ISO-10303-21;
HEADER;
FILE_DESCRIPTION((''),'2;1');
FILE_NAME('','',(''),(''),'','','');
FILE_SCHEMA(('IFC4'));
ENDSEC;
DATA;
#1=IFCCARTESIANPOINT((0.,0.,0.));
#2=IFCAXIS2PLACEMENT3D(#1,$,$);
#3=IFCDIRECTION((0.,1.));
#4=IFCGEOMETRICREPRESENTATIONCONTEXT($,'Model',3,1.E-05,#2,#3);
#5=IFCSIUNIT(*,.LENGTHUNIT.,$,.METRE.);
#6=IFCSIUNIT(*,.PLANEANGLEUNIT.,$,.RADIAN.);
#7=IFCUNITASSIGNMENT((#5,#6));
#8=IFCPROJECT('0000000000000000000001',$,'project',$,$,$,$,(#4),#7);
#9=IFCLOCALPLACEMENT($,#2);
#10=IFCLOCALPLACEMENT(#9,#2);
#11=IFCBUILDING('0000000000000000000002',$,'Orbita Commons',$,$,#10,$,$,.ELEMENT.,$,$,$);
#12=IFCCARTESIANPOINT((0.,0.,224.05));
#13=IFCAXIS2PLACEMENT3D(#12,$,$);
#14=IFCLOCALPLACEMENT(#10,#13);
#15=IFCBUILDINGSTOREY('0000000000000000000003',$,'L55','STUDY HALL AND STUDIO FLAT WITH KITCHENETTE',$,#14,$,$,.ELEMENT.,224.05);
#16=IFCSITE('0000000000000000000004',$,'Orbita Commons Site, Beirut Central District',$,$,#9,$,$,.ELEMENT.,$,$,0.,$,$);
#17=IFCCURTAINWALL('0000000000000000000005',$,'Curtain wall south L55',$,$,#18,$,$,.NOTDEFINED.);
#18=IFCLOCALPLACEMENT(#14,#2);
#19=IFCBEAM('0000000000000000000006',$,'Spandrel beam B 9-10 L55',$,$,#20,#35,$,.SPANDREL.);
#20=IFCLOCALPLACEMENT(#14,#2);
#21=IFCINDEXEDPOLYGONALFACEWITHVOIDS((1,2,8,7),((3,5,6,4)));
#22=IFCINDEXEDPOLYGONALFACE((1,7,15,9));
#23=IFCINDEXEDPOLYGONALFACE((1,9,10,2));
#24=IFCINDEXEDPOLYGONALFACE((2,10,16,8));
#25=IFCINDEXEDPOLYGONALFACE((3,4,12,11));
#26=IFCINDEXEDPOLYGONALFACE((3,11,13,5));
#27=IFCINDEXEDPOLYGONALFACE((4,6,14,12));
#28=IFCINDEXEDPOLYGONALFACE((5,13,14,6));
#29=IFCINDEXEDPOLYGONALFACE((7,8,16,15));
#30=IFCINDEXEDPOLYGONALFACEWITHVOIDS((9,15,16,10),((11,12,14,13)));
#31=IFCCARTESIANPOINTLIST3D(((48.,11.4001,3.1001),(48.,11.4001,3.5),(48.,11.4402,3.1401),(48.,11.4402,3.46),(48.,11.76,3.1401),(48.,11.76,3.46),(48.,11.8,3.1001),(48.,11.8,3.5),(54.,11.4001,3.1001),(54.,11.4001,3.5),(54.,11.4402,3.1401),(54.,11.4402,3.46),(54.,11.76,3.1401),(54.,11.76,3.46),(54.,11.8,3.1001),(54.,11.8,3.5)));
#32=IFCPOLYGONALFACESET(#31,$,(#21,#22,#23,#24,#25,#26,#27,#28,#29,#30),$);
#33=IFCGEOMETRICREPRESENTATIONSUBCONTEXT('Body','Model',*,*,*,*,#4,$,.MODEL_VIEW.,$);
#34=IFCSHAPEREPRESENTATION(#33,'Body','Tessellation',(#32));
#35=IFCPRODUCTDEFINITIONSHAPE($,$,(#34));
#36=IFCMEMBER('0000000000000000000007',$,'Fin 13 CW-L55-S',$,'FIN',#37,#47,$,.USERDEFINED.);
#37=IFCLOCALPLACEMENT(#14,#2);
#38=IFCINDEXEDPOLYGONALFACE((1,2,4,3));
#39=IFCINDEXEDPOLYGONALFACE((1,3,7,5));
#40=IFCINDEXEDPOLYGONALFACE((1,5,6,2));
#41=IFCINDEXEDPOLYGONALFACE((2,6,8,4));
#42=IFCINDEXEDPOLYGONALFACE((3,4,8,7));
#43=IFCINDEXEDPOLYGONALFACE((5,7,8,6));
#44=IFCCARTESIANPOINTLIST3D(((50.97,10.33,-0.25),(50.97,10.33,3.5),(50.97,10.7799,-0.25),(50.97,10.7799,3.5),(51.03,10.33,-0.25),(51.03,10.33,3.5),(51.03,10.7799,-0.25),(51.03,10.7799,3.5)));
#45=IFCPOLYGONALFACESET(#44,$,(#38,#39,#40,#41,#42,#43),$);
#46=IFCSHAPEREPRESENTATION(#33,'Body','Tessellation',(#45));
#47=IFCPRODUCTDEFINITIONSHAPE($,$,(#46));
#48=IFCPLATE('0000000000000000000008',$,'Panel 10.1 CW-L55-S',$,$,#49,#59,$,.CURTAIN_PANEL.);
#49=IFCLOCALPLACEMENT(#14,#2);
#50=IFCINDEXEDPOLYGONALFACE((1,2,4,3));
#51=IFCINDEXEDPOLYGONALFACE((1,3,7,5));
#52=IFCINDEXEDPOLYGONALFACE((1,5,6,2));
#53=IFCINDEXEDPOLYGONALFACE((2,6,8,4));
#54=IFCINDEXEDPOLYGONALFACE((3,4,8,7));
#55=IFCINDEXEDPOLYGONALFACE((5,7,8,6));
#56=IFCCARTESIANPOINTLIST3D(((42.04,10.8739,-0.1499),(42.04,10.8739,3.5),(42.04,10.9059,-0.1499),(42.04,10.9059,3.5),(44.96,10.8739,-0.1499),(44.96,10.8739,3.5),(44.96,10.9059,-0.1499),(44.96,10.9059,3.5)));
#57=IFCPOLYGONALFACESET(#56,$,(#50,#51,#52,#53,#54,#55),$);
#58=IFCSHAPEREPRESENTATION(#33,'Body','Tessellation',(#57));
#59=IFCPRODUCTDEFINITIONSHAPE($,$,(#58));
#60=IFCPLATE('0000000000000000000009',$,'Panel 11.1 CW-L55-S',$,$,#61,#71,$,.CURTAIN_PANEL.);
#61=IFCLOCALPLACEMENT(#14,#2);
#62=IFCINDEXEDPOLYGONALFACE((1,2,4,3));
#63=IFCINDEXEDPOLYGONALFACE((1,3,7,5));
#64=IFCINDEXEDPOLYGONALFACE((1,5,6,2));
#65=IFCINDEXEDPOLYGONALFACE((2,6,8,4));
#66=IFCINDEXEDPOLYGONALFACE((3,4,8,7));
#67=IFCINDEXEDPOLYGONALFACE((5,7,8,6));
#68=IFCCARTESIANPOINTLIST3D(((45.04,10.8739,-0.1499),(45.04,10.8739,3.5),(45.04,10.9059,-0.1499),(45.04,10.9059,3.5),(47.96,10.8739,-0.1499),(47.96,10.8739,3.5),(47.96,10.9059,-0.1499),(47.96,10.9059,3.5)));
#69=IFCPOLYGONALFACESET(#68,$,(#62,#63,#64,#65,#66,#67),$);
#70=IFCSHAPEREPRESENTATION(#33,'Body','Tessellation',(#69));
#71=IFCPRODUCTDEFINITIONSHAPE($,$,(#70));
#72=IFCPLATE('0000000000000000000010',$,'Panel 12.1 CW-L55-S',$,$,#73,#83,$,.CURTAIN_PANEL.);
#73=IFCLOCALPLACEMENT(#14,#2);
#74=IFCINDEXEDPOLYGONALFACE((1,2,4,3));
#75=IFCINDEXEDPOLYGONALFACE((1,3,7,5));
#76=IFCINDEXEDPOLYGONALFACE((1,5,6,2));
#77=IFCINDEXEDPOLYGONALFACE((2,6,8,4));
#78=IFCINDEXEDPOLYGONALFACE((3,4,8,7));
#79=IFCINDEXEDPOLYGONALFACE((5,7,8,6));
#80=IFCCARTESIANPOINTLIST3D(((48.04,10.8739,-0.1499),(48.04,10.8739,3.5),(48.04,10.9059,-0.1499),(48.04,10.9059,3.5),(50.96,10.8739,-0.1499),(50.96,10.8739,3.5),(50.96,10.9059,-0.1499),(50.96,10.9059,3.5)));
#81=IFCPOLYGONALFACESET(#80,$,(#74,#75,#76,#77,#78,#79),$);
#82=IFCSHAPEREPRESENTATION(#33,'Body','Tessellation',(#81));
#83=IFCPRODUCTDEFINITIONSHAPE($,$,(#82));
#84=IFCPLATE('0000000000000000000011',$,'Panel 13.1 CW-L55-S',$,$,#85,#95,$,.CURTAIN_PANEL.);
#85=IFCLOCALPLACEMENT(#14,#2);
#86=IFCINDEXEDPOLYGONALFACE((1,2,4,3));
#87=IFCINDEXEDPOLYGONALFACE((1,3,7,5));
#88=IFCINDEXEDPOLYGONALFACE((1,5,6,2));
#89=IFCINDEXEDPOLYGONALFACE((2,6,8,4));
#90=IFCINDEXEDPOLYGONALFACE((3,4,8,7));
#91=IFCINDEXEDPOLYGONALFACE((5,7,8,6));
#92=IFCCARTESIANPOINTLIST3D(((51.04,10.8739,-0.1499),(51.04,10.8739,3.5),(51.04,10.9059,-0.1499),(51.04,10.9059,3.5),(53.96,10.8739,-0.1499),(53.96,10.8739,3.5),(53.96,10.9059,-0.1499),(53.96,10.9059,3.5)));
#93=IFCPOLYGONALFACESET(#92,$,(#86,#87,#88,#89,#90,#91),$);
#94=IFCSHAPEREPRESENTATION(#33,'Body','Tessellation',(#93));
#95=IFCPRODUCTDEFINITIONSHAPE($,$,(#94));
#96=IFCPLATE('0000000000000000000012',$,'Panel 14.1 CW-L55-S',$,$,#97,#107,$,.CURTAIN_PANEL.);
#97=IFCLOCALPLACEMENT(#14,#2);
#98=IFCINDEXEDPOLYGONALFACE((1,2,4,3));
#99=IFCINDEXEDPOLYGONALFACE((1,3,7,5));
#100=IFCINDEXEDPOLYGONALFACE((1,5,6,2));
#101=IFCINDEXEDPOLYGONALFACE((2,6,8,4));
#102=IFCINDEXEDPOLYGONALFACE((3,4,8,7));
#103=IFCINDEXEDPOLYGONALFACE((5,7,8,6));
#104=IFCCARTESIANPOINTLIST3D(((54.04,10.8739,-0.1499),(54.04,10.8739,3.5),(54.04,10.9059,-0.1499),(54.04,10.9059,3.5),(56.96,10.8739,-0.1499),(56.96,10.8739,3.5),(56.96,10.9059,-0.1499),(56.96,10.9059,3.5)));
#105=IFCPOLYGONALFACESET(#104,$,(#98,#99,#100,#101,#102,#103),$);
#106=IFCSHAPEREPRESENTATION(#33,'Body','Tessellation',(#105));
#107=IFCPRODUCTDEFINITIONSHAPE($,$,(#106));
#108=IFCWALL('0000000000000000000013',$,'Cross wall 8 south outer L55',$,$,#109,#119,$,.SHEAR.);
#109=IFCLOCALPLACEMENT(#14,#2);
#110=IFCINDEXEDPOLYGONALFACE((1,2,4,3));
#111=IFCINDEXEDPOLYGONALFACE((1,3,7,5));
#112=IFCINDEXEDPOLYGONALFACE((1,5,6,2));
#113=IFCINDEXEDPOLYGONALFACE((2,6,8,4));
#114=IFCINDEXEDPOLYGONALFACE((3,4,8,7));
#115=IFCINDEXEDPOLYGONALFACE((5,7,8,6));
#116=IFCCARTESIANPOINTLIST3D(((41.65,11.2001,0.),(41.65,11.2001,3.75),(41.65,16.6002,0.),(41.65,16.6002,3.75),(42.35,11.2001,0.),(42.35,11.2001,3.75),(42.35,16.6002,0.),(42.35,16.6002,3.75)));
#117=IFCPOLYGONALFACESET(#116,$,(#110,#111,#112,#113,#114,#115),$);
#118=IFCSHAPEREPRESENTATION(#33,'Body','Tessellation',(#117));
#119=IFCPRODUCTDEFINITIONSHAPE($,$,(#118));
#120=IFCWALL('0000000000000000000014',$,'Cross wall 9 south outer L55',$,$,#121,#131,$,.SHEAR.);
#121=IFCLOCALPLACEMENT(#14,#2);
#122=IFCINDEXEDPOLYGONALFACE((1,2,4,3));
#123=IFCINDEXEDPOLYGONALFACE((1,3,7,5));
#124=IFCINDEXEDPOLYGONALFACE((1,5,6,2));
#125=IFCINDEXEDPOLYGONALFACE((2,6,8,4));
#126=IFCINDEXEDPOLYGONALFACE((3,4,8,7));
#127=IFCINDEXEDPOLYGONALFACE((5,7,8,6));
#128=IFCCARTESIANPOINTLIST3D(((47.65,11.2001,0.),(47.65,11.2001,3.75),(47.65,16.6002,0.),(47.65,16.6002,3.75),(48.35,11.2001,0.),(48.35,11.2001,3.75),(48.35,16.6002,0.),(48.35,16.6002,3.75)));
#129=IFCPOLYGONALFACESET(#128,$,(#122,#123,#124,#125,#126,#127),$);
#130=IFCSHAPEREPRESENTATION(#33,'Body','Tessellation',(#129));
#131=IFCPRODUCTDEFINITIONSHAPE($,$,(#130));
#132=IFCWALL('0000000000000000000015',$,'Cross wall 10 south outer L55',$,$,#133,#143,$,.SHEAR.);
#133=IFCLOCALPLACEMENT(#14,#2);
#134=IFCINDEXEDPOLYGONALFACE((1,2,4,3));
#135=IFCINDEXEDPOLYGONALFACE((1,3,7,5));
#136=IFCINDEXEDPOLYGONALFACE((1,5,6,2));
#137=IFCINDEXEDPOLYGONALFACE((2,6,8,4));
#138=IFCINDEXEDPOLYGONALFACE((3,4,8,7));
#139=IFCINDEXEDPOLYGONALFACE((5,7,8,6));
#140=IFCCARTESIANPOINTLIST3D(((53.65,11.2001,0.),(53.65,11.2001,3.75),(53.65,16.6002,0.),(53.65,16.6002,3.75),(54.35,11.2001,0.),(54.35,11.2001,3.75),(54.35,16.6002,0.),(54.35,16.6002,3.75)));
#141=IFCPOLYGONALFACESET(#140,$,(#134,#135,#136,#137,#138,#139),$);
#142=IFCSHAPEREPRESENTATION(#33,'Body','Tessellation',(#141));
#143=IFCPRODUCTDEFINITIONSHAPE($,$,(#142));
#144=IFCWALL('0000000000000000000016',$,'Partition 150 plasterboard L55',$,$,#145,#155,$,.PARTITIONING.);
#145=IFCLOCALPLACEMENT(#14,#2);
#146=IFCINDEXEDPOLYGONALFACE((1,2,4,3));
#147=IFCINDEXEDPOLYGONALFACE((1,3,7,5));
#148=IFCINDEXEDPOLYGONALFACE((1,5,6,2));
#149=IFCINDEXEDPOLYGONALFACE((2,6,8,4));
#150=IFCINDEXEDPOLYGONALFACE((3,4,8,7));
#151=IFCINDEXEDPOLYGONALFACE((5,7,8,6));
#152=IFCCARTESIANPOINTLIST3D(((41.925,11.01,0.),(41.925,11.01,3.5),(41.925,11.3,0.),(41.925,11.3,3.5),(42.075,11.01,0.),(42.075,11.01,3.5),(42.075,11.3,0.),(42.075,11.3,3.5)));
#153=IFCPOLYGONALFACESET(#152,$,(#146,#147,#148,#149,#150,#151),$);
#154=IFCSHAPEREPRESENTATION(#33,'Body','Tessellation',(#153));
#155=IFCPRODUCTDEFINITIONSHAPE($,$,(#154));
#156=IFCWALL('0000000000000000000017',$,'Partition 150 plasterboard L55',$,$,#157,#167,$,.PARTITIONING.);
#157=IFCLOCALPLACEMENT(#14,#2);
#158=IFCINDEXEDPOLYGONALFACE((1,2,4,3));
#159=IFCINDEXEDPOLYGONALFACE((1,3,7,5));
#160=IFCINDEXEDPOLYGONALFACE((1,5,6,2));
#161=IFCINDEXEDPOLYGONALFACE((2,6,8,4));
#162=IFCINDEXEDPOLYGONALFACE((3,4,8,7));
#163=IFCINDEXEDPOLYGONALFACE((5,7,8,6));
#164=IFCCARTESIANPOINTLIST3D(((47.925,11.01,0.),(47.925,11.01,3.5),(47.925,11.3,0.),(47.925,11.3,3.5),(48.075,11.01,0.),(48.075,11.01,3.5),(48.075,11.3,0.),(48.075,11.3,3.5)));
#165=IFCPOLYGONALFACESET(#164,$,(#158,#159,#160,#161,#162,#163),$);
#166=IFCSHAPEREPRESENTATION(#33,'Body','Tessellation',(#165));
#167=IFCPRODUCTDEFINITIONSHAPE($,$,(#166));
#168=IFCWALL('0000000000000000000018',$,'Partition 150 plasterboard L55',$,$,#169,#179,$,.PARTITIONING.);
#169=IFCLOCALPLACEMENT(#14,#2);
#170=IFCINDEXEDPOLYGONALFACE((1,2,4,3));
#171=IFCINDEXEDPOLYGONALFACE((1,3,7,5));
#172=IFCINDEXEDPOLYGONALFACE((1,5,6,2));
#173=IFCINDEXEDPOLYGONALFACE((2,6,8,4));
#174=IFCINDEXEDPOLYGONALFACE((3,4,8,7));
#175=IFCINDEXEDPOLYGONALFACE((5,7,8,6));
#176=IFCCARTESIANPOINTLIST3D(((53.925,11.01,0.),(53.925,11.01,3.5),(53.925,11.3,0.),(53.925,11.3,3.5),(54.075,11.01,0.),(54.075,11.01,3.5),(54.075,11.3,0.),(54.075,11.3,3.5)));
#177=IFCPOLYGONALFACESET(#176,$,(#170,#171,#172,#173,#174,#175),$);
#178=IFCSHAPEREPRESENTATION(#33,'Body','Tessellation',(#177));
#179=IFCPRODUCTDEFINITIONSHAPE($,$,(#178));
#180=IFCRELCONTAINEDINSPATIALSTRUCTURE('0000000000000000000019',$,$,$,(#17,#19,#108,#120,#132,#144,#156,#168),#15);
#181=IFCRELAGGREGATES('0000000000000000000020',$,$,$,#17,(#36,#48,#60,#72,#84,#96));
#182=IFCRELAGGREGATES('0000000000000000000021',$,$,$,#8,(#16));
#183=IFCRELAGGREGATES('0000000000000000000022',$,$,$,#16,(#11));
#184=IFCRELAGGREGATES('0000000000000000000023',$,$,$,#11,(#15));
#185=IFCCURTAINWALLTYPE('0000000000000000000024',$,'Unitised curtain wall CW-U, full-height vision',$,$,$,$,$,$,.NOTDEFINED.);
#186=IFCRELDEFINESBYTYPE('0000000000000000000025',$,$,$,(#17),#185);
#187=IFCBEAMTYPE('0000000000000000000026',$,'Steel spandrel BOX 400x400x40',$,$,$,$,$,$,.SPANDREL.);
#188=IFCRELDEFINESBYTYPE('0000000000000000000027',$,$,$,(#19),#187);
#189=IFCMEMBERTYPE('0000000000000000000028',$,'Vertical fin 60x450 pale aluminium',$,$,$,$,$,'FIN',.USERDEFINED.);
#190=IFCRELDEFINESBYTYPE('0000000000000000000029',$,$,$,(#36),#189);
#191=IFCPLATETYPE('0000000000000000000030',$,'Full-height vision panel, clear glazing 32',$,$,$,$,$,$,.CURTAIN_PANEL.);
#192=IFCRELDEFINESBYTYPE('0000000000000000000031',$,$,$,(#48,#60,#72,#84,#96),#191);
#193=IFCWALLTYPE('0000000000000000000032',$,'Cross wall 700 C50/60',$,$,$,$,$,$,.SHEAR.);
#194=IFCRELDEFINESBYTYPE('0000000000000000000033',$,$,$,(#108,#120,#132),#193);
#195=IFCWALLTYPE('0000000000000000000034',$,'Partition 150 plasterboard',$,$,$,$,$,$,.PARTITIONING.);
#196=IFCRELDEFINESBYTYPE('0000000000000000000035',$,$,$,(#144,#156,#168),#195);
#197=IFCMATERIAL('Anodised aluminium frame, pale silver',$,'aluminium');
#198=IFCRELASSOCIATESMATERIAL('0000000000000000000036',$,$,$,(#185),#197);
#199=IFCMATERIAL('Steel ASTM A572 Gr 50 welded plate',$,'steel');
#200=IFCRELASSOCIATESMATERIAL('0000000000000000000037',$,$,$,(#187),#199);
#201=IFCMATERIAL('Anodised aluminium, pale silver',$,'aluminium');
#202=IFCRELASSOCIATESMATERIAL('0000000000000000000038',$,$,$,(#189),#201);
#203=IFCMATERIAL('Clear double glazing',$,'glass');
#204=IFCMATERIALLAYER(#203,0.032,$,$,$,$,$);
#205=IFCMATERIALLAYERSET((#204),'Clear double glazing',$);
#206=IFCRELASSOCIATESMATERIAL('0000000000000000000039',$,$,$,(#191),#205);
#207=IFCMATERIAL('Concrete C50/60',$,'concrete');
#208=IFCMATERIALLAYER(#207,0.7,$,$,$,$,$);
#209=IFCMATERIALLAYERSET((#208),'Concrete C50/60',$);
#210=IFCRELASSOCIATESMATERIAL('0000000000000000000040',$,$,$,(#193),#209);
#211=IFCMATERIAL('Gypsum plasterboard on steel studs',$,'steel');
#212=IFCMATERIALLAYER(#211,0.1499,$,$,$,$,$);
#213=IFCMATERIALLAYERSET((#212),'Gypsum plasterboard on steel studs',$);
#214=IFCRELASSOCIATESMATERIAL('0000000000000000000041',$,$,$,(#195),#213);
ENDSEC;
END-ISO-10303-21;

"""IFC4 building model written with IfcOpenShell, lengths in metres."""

from ifc_helpers import new_model, si_unit, direction, frame, frame_2d, origin, origin_2d, place, context, subcontext, project, spatial, rectangle, hollow_rectangle, extrude, material, layer, layer_set, material_profile, profile_set, type_object, element, aggregate, save


model = new_model("IFC4")

# Units and contexts
model_context = context("Model", 3, precision=1e-05, world=origin(), true_north=direction((0.0, 1.0)))
body_context = subcontext(model_context, "Body", "Model", "MODEL_VIEW")
ifc_project = project(units=[si_unit("LENGTHUNIT", "METRE"), si_unit("PLANEANGLEUNIT", "RADIAN")], contexts=[model_context])

# Site, building, storey
site_placement = place(None, origin())
site = spatial("IfcSite", under=ifc_project, at=site_placement, Name="Orbita Commons Site, Beirut Central District", CompositionType="ELEMENT", RefElevation=0.0)
building_placement = place(site_placement, origin())
building = spatial("IfcBuilding", under=site, at=building_placement, Name="Orbita Commons", CompositionType="ELEMENT")
storey_placement = place(building_placement, frame((0.0, 0.0, 224.05)))
storey = spatial("IfcBuildingStorey", under=building, at=storey_placement, Name="L55", Description="STUDY HALL AND STUDIO FLAT WITH KITCHENETTE", CompositionType="ELEMENT", Elevation=224.05)

# Curtain wall
ifc_material_1 = material(Name="Anodised aluminium frame, pale silver", Category="aluminium")
curtain_wall_type = type_object("IfcCurtainWallType", Name="Unitised curtain wall CW-U, full-height vision", PredefinedType="NOTDEFINED", material=ifc_material_1)
curtain_wall_placement = place(storey_placement, origin())
curtain_wall = element("IfcCurtainWall", 1, at=curtain_wall_placement, inside=storey, type_object=curtain_wall_type, Name="Curtain wall south L55", PredefinedType="NOTDEFINED")

# Beam
ifc_material_2 = material(Name="Steel ASTM A572 Gr 50 welded plate", Category="steel")
ifc_material_profile_1 = material_profile(ifc_material_2, hollow_rectangle(XDim=0.3999, YDim=0.3999, WallThickness=0.04, at=origin_2d()), Name="BOX 400x400x40")
ifc_profile_set_1 = profile_set([ifc_material_profile_1], Name="Steel ASTM A572 Gr 50 welded plate")
beam_type = type_object("IfcBeamType", Name="Steel spandrel BOX 400x400x40", PredefinedType="SPANDREL", material=ifc_profile_set_1)
for number, where, z_axis, x_axis, name in (
    (2, (48.0, 11.6001, 3.3), (1.0, 0.0, 0.0), (0.0, 1.0, 0.0), "Spandrel beam B 9-10 L55"),
):
    element("IfcBeam", number, at=place(storey_placement, frame(where, z_axis=z_axis, x_axis=x_axis)), inside=storey, type_object=beam_type, Name=name, PredefinedType="SPANDREL", context=body_context, shape_type="SweptSolid", body=[
        extrude(hollow_rectangle(XDim=0.3999, YDim=0.3999, WallThickness=0.04, at=origin_2d()), origin(), (0.0, 0.0, 1.0), 6.0),
    ])

# Member
ifc_material_3 = material(Name="Anodised aluminium, pale silver", Category="aluminium")
ifc_material_profile_2 = material_profile(ifc_material_3, rectangle(XDim=0.0601, YDim=0.45, at=origin_2d()), Name="FIN 60x450")
ifc_profile_set_2 = profile_set([ifc_material_profile_2], Name="Anodised aluminium, pale silver")
member_type_1 = type_object("IfcMemberType", Name="Vertical fin 60x450 pale aluminium", ElementType="FIN", PredefinedType="USERDEFINED", material=ifc_profile_set_2)
member_1_placement = place(storey_placement, frame((51.0, 10.5549, -0.25), z_axis=(0.0, 0.0, 1.0), x_axis=(1.0, 0.0, 0.0)))
member_1 = element("IfcMember", 3, at=member_1_placement, type_object=member_type_1, Name="Fin 13 CW-L55-S", ObjectType="FIN", PredefinedType="USERDEFINED", context=body_context, shape_type="SweptSolid", body=[
    extrude(rectangle(XDim=0.0601, YDim=0.45, at=origin_2d()), origin(), (0.0, 0.0, 1.0), 3.75),
])

# Plates
ifc_material_4 = material(Name="Clear double glazing", Category="glass")
ifc_layer_1 = layer(ifc_material_4, 0.032)
ifc_layer_set_1 = layer_set([ifc_layer_1], Name="Clear double glazing")
plate_type = type_object("IfcPlateType", Name="Full-height vision panel, clear glazing 32", PredefinedType="CURTAIN_PANEL", material=ifc_layer_set_1)
plate_1_placement = place(storey_placement, frame((43.5, 10.8899, -0.1499), z_axis=(0.0, 0.0, 1.0), x_axis=(1.0, 0.0, 0.0)))
plate_1 = element("IfcPlate", 4, at=plate_1_placement, type_object=plate_type, Name="Panel 10.1 CW-L55-S", PredefinedType="CURTAIN_PANEL", context=body_context, shape_type="SweptSolid", body=[
    extrude(rectangle(XDim=2.9199, YDim=0.032, at=origin_2d()), origin(), (0.0, 0.0, 1.0), 3.6499),
])
plate_2_placement = place(storey_placement, frame((46.5, 10.8899, -0.1499), z_axis=(0.0, 0.0, 1.0), x_axis=(1.0, 0.0, 0.0)))
plate_2 = element("IfcPlate", 5, at=plate_2_placement, type_object=plate_type, Name="Panel 11.1 CW-L55-S", PredefinedType="CURTAIN_PANEL", context=body_context, shape_type="SweptSolid", body=[
    extrude(rectangle(XDim=2.9199, YDim=0.032, at=origin_2d()), origin(), (0.0, 0.0, 1.0), 3.6499),
])
plate_3_placement = place(storey_placement, frame((49.5, 10.8899, -0.1499), z_axis=(0.0, 0.0, 1.0), x_axis=(1.0, 0.0, 0.0)))
plate_3 = element("IfcPlate", 6, at=plate_3_placement, type_object=plate_type, Name="Panel 12.1 CW-L55-S", PredefinedType="CURTAIN_PANEL", context=body_context, shape_type="SweptSolid", body=[
    extrude(rectangle(XDim=2.9199, YDim=0.032, at=origin_2d()), origin(), (0.0, 0.0, 1.0), 3.6499),
])
plate_4_placement = place(storey_placement, frame((52.5, 10.8899, -0.1499), z_axis=(0.0, 0.0, 1.0), x_axis=(1.0, 0.0, 0.0)))
plate_4 = element("IfcPlate", 7, at=plate_4_placement, type_object=plate_type, Name="Panel 13.1 CW-L55-S", PredefinedType="CURTAIN_PANEL", context=body_context, shape_type="SweptSolid", body=[
    extrude(rectangle(XDim=2.9199, YDim=0.032, at=origin_2d()), origin(), (0.0, 0.0, 1.0), 3.6499),
])
plate_5_placement = place(storey_placement, frame((55.5, 10.8899, -0.1499), z_axis=(0.0, 0.0, 1.0), x_axis=(1.0, 0.0, 0.0)))
plate_5 = element("IfcPlate", 8, at=plate_5_placement, type_object=plate_type, Name="Panel 14.1 CW-L55-S", PredefinedType="CURTAIN_PANEL", context=body_context, shape_type="SweptSolid", body=[
    extrude(rectangle(XDim=2.9199, YDim=0.032, at=origin_2d()), origin(), (0.0, 0.0, 1.0), 3.6499),
])
aggregate(curtain_wall, [member_1, plate_1, plate_2, plate_3, plate_4, plate_5])

# Walls
ifc_material_5 = material(Name="Concrete C50/60", Category="concrete")
ifc_layer_2 = layer(ifc_material_5, 0.7)
ifc_layer_set_2 = layer_set([ifc_layer_2], Name="Concrete C50/60")
wall_type_1 = type_object("IfcWallType", Name="Cross wall 700 C50/60", PredefinedType="SHEAR", material=ifc_layer_set_2)
for number, where, z_axis, x_axis, name in (
    (9, (42.0, 11.2, 0.0), (0.0, 0.0, 1.0), (0.0, 1.0, 0.0), "Cross wall 8 south outer L55"),
    (10, (48.0, 11.2, 0.0), (0.0, 0.0, 1.0), (0.0, 1.0, 0.0), "Cross wall 9 south outer L55"),
    (11, (54.0, 11.2, 0.0), (0.0, 0.0, 1.0), (0.0, 1.0, 0.0), "Cross wall 10 south outer L55"),
):
    element("IfcWall", number, at=place(storey_placement, frame(where, z_axis=z_axis, x_axis=x_axis)), inside=storey, type_object=wall_type_1, Name=name, PredefinedType="SHEAR", context=body_context, shape_type="SweptSolid", body=[
        extrude(rectangle(XDim=5.4001, YDim=0.7, at=frame_2d((2.7002, 0.0))), origin(), (0.0, 0.0, 1.0), 3.75),
    ])
ifc_material_6 = material(Name="Gypsum plasterboard on steel studs", Category="steel")
ifc_layer_3 = layer(ifc_material_6, 0.1499)
ifc_layer_set_3 = layer_set([ifc_layer_3], Name="Gypsum plasterboard on steel studs")
wall_type_2 = type_object("IfcWallType", Name="Partition 150 plasterboard", PredefinedType="PARTITIONING", material=ifc_layer_set_3)
for number, where, z_axis, x_axis, name in (
    (12, (42.0, 11.3, 0.0), (0.0, 0.0, 1.0), (0.0, -1.0, 0.0), "Partition 150 plasterboard L55"),
    (13, (48.0, 11.3, 0.0), (0.0, 0.0, 1.0), (0.0, -1.0, 0.0), "Partition 150 plasterboard L55"),
    (14, (54.0, 11.3, 0.0), (0.0, 0.0, 1.0), (0.0, -1.0, 0.0), "Partition 150 plasterboard L55"),
):
    element("IfcWall", number, at=place(storey_placement, frame(where, z_axis=z_axis, x_axis=x_axis)), inside=storey, type_object=wall_type_2, Name=name, PredefinedType="PARTITIONING", context=body_context, shape_type="SweptSolid", body=[
        extrude(rectangle(XDim=0.29, YDim=0.1499, at=frame_2d((0.145, 0.0))), origin(), (0.0, 0.0, 1.0), 3.5),
    ])

save(model, "model.ifc")
